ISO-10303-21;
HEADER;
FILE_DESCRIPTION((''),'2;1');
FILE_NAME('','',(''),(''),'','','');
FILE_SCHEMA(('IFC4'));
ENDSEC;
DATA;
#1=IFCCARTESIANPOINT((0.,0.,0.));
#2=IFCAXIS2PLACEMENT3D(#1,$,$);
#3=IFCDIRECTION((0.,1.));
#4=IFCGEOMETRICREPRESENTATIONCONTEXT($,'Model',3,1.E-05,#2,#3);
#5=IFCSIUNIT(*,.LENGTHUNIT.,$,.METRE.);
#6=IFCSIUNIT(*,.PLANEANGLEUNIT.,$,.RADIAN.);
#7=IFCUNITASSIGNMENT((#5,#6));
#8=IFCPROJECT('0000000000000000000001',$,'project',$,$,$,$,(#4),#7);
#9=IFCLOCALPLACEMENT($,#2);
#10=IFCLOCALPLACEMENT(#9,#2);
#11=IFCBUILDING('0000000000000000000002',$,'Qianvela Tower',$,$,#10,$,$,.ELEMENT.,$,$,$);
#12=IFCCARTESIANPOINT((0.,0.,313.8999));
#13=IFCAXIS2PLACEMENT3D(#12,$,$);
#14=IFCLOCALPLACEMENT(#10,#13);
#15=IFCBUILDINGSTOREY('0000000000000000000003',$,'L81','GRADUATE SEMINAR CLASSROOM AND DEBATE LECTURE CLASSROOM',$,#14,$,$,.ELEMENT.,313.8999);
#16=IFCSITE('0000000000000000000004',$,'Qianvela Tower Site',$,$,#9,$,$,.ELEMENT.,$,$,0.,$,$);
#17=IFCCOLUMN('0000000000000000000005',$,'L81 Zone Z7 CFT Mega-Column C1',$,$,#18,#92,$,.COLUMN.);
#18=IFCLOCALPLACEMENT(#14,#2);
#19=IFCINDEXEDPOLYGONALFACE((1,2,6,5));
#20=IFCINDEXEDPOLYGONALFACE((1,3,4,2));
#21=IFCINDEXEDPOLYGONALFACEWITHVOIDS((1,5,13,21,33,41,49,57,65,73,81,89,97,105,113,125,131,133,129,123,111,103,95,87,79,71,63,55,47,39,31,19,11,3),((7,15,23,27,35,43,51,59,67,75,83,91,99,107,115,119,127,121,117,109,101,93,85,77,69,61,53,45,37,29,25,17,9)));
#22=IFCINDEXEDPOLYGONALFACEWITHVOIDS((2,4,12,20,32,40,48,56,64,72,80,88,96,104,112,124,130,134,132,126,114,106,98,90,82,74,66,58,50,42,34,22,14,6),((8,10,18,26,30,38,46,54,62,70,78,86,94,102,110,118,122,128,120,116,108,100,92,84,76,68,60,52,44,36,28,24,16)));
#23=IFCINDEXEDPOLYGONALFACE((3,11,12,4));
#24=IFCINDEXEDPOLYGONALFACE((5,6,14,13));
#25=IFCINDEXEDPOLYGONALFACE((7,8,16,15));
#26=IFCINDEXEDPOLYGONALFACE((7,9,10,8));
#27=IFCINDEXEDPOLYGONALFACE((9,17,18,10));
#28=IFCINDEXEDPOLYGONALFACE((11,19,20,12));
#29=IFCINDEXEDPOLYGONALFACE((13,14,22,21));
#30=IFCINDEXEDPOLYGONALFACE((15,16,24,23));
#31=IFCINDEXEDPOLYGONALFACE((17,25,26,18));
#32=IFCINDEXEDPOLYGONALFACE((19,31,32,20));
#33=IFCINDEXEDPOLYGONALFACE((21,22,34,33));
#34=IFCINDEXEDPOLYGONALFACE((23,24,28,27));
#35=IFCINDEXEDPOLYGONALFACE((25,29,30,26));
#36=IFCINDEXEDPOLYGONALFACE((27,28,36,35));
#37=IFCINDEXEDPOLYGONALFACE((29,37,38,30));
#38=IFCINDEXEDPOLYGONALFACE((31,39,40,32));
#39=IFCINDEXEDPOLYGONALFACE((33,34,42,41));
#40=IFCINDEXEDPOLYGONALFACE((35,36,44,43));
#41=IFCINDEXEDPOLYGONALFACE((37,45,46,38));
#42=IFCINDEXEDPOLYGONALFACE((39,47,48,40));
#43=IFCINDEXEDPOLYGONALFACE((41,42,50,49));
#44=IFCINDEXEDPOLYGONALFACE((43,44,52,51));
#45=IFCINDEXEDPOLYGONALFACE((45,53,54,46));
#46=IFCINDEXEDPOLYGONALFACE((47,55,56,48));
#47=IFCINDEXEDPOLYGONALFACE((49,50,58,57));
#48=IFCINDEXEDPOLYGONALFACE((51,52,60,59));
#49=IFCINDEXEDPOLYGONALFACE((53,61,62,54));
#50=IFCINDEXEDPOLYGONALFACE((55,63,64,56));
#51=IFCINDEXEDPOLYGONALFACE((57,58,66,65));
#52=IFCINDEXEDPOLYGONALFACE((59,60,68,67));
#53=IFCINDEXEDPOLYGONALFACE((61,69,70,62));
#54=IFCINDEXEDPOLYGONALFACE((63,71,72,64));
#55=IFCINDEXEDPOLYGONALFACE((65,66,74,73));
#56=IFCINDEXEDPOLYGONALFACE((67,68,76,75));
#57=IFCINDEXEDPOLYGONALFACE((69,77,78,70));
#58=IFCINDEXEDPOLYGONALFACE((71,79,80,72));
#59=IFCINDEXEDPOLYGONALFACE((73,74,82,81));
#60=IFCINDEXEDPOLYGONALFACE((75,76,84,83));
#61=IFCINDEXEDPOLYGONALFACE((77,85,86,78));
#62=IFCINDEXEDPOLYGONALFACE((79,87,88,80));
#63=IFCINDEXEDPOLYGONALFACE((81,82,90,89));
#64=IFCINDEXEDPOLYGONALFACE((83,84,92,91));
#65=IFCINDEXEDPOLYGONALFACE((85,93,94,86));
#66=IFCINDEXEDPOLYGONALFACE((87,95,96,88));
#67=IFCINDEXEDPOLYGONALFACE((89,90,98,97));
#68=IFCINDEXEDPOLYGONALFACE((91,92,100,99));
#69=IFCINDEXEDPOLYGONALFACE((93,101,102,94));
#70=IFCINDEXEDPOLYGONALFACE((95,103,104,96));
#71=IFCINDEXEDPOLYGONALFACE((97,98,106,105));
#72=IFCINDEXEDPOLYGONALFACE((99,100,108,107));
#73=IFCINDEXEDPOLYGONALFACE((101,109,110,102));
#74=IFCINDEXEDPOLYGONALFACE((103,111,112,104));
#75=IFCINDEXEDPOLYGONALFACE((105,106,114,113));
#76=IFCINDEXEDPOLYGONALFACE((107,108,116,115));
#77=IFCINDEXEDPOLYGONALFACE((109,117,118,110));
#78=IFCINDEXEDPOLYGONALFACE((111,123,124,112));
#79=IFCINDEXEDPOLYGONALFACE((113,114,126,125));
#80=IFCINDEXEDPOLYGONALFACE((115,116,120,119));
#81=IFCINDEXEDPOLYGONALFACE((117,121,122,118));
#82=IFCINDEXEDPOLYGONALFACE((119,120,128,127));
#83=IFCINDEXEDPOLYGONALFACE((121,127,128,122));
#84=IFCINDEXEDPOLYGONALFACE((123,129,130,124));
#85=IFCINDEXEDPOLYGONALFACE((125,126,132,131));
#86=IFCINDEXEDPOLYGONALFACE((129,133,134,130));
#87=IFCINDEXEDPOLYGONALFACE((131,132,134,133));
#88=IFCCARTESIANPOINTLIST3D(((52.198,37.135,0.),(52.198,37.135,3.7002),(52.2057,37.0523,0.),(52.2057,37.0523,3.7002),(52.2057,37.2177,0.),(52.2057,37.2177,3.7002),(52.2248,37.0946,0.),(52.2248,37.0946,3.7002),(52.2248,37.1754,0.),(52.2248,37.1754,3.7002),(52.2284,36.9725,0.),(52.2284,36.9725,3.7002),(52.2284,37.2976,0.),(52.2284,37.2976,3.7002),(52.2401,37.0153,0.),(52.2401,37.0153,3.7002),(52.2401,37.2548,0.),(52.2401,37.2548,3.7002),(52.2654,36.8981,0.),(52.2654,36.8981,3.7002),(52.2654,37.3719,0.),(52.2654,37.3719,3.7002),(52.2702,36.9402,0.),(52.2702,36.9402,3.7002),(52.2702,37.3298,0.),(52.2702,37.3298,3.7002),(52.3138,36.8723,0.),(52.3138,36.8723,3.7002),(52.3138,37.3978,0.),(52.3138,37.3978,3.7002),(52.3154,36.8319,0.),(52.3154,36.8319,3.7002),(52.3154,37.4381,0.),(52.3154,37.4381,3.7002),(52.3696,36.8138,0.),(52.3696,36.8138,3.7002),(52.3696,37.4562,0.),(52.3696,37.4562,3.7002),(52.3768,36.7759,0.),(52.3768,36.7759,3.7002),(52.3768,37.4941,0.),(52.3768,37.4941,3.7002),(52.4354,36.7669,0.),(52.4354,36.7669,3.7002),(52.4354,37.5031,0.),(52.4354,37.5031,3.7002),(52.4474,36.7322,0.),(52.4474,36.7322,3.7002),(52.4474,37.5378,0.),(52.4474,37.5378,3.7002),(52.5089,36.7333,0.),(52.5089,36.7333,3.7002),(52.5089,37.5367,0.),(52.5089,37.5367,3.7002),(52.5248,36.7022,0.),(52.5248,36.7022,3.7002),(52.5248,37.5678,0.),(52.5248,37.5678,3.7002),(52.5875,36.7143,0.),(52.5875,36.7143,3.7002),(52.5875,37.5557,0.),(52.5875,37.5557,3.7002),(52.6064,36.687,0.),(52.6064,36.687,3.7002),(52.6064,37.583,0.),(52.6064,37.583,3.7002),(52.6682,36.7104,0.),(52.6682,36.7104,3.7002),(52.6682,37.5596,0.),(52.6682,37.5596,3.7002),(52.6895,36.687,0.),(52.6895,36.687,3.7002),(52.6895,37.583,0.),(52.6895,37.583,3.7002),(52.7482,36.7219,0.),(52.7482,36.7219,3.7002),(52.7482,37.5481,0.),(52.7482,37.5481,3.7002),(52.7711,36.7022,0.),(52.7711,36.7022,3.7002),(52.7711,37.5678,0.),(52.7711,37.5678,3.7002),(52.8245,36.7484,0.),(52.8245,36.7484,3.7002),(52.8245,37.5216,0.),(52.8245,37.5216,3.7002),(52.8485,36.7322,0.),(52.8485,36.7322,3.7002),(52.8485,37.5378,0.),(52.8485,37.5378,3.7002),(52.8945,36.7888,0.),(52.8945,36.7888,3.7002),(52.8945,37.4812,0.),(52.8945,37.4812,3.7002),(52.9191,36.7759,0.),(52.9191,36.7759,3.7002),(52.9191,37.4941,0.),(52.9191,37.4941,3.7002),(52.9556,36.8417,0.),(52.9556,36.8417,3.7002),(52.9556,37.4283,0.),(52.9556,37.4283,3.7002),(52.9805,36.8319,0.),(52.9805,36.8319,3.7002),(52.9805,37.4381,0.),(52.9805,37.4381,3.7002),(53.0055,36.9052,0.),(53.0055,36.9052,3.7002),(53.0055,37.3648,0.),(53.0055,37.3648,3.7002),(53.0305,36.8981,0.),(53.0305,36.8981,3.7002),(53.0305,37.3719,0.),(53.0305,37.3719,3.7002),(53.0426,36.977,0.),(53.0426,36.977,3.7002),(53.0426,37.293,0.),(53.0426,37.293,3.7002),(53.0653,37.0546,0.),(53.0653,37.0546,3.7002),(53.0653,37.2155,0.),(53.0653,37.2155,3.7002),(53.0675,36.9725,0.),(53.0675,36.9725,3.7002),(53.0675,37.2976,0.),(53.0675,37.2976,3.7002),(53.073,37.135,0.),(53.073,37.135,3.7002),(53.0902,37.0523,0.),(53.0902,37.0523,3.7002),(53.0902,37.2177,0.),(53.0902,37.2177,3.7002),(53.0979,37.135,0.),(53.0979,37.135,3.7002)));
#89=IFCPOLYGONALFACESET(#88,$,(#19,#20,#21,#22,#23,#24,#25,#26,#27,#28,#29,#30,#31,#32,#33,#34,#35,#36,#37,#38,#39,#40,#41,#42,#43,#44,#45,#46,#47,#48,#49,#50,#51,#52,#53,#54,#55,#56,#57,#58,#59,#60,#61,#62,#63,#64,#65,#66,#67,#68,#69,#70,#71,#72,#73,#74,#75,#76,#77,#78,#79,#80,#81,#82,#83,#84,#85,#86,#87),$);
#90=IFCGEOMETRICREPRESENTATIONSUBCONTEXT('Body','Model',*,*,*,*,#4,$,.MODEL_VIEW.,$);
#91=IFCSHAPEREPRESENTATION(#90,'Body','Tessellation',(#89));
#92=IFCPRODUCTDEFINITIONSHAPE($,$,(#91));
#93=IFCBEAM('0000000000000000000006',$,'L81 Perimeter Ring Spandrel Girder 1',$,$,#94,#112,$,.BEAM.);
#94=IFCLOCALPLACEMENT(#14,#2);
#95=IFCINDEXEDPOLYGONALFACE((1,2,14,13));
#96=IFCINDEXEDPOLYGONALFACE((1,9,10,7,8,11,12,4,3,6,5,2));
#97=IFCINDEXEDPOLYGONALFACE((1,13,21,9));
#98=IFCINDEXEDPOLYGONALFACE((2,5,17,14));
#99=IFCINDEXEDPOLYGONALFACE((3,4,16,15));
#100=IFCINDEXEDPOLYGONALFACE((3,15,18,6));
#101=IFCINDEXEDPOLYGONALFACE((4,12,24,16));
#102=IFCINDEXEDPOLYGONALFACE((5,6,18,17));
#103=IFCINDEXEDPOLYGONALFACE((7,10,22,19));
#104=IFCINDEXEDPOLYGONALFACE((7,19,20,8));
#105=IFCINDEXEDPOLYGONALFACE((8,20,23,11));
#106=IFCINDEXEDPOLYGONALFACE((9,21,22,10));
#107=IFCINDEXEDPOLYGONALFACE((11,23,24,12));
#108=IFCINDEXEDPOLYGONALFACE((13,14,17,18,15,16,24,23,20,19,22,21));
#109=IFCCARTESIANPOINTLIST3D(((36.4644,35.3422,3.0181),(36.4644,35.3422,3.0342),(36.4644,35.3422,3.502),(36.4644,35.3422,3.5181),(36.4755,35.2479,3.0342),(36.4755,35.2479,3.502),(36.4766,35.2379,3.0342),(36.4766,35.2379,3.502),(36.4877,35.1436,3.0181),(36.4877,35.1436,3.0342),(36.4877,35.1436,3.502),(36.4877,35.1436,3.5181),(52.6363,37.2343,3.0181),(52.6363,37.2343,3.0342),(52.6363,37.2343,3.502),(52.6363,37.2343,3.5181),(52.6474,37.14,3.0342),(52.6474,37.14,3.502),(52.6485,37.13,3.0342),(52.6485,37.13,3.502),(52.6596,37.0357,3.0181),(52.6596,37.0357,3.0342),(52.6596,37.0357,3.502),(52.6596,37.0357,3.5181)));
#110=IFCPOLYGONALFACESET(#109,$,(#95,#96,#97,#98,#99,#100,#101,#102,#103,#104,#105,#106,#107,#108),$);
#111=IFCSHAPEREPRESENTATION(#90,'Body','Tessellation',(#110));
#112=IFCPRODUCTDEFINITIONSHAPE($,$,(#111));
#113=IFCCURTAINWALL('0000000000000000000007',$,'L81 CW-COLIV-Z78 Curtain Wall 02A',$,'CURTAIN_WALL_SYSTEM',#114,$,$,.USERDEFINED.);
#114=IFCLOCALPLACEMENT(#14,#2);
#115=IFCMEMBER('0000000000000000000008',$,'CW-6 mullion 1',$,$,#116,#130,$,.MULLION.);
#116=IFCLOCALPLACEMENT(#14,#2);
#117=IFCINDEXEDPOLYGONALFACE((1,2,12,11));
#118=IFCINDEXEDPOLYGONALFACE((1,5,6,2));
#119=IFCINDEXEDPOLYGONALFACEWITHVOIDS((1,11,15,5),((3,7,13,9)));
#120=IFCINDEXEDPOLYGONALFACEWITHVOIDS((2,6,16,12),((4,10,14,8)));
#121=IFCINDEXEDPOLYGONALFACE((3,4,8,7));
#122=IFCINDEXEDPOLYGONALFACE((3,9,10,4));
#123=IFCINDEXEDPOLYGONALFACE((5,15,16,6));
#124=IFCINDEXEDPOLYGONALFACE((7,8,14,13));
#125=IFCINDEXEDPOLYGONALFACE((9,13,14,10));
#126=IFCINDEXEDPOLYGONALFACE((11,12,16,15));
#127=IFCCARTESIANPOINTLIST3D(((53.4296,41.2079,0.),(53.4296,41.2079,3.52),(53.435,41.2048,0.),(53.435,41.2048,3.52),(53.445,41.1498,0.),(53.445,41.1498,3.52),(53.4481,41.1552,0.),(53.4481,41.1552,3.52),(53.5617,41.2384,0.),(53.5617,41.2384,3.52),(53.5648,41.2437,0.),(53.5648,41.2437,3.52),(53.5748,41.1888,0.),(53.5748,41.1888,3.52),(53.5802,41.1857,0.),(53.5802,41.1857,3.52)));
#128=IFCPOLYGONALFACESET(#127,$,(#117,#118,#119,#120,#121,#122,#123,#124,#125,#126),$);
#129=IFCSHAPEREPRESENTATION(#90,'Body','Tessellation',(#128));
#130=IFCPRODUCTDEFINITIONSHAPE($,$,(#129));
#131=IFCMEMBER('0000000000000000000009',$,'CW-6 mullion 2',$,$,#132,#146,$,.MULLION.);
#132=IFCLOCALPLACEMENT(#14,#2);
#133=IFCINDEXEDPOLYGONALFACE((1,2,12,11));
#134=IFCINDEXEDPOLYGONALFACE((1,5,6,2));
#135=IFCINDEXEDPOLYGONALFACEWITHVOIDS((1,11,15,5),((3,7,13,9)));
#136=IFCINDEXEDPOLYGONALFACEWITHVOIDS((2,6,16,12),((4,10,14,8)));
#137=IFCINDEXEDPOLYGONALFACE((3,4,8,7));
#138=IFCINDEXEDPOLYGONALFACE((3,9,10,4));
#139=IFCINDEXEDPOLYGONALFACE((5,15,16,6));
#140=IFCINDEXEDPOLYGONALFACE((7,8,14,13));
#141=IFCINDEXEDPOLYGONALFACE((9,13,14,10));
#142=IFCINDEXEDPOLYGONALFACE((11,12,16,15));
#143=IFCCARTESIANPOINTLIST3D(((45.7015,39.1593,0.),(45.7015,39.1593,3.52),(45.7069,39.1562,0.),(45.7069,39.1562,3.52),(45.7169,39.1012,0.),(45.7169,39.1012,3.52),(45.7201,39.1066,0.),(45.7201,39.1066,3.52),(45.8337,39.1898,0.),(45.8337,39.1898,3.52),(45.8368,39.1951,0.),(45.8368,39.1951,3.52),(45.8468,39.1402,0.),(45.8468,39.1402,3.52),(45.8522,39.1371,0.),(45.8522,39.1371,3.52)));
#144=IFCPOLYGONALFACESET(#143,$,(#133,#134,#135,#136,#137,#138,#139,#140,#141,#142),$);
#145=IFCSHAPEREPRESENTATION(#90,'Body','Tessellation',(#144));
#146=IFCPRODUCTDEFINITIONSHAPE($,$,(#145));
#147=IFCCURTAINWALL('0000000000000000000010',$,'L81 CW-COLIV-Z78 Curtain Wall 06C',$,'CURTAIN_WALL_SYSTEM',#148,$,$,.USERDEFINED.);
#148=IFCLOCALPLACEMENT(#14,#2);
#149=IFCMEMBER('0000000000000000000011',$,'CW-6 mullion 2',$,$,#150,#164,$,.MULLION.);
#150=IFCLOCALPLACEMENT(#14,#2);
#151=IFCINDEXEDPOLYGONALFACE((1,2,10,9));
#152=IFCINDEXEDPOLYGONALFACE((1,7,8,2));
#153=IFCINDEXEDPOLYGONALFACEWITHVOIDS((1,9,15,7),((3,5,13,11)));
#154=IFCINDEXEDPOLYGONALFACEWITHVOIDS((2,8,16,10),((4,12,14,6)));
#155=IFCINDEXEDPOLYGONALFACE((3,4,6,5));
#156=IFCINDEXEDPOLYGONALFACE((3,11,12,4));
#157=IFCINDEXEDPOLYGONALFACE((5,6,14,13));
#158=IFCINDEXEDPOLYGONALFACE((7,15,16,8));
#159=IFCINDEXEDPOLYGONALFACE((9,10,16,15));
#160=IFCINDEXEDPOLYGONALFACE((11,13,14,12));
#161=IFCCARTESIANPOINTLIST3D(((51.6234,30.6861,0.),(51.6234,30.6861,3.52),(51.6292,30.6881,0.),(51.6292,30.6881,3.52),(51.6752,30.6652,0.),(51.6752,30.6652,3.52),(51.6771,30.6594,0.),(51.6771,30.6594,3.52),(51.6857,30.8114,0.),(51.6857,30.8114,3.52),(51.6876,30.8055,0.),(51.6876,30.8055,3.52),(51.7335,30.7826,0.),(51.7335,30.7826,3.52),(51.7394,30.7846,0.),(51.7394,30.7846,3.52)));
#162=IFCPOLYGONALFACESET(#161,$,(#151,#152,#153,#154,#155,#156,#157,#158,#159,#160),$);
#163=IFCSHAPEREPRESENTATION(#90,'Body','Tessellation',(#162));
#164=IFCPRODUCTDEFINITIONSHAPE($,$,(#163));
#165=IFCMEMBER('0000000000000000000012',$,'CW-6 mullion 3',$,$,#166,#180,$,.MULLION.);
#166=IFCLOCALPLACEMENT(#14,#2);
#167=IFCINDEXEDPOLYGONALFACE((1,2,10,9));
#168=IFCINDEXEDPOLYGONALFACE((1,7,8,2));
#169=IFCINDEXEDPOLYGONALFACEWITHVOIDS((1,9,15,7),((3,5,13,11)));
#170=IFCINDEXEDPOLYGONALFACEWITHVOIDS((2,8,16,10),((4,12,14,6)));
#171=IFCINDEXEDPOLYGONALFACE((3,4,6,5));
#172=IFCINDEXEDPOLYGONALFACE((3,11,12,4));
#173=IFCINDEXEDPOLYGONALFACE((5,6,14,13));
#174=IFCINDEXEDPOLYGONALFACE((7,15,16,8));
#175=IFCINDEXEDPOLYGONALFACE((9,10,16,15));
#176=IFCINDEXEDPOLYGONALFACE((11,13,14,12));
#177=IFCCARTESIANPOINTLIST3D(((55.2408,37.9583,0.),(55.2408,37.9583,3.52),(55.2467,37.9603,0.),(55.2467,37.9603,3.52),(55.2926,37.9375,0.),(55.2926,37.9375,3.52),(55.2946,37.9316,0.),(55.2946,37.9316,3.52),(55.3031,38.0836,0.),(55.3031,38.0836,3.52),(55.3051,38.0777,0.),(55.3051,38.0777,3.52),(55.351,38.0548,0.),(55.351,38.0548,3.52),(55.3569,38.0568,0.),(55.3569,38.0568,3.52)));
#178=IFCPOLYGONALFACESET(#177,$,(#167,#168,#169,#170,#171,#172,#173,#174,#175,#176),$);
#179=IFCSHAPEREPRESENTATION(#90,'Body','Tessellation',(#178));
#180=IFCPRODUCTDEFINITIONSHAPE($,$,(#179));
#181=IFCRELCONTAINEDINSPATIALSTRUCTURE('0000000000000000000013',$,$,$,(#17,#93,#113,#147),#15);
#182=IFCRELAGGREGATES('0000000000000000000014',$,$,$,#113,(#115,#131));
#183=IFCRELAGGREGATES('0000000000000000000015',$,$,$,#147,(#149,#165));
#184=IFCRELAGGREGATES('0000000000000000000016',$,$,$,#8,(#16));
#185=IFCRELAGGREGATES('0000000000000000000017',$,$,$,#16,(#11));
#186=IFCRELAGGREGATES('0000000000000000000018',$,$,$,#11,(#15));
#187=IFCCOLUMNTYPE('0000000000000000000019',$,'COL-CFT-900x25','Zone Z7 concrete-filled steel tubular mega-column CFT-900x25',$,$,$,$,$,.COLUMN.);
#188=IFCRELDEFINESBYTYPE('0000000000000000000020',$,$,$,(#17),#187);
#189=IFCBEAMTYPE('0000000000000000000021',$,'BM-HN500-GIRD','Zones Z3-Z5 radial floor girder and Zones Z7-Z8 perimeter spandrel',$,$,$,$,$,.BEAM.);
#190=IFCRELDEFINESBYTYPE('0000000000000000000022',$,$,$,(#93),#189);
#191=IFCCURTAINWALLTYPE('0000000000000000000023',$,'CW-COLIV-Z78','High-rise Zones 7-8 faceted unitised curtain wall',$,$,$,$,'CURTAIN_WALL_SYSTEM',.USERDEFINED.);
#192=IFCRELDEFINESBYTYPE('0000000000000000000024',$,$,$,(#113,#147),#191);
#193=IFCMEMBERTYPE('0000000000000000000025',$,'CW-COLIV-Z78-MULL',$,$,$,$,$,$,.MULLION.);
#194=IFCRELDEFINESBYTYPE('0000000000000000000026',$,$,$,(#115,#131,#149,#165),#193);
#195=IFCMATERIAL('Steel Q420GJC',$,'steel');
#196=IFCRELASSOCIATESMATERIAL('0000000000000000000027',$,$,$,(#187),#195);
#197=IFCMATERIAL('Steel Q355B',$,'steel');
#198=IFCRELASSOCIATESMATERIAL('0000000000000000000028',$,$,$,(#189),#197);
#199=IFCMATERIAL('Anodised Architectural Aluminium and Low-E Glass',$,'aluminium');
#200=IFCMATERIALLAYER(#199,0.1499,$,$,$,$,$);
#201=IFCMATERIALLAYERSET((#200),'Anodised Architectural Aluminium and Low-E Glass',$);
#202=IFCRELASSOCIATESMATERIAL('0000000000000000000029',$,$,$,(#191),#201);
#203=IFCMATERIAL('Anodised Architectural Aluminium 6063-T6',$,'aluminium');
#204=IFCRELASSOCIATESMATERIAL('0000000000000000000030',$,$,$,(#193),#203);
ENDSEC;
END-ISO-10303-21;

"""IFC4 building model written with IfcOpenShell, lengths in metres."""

from ifc_helpers import new_model, si_unit, direction, frame, origin, origin_2d, place, context, subcontext, project, spatial, hollow_rectangle, hollow_circle, i_section, extrude, material, layer, layer_set, material_profile, profile_set, type_object, element, aggregate, save


model = new_model("IFC4")

# Units and contexts
model_context = context("Model", 3, precision=1e-05, world=origin(), true_north=direction((0.0, 1.0)))
body_context = subcontext(model_context, "Body", "Model", "MODEL_VIEW")
ifc_project = project(units=[si_unit("LENGTHUNIT", "METRE"), si_unit("PLANEANGLEUNIT", "RADIAN")], contexts=[model_context])

# Site, building, storey
site_placement = place(None, origin())
site = spatial("IfcSite", under=ifc_project, at=site_placement, Name="Qianvela Tower Site", CompositionType="ELEMENT", RefElevation=0.0)
building_placement = place(site_placement, origin())
building = spatial("IfcBuilding", under=site, at=building_placement, Name="Qianvela Tower", CompositionType="ELEMENT")
storey_placement = place(building_placement, frame((0.0, 0.0, 313.8999)))
storey = spatial("IfcBuildingStorey", under=building, at=storey_placement, Name="L81", Description="GRADUATE SEMINAR CLASSROOM AND DEBATE LECTURE CLASSROOM", CompositionType="ELEMENT", Elevation=313.8999)

# Column
ifc_material_1 = material(Name="Steel Q420GJC", Category="steel")
ifc_material_profile_1 = material_profile(ifc_material_1, hollow_circle(Radius=0.45, WallThickness=0.0249, at=origin_2d()), Name="CFT-900x25")
ifc_profile_set_1 = profile_set([ifc_material_profile_1], Name="Steel Q420GJC")
column_type = type_object("IfcColumnType", Name="COL-CFT-900x25", Description="Zone Z7 concrete-filled steel tubular mega-column CFT-900x25", PredefinedType="COLUMN", material=ifc_profile_set_1)
column_placement = place(storey_placement, frame((52.6479, 37.135, 0.0), z_axis=(0.0, 0.0, 1.0), x_axis=(1.0, 0.0, 0.0)))
element("IfcColumn", 1, at=column_placement, inside=storey, type_object=column_type, Name="L81 Zone Z7 CFT Mega-Column C1", PredefinedType="COLUMN", context=body_context, shape_type="SweptSolid", body=[
    extrude(hollow_circle(Radius=0.45, WallThickness=0.0249, at=origin_2d()), origin(), (0.0, 0.0, 1.0), 3.7002),
])

# Beam
ifc_material_2 = material(Name="Steel Q355B", Category="steel")
ifc_material_profile_2 = material_profile(ifc_material_2, i_section(OverallWidth=0.2, OverallDepth=0.5, WebThickness=0.01, FlangeThickness=0.0161, at=origin_2d()), Name="HN500x200x10x16")
ifc_profile_set_2 = profile_set([ifc_material_profile_2], Name="Steel Q355B")
beam_type = type_object("IfcBeamType", Name="BM-HN500-GIRD", Description="Zones Z3-Z5 radial floor girder and Zones Z7-Z8 perimeter spandrel", PredefinedType="BEAM", material=ifc_profile_set_2)
beam_placement = place(storey_placement, frame((52.6479, 37.135, 3.2681), z_axis=(-0.993225, -0.116206, 0.0), x_axis=(0.116206, -0.993225, 0.0)))
element("IfcBeam", 2, at=beam_placement, inside=storey, type_object=beam_type, Name="L81 Perimeter Ring Spandrel Girder 1", PredefinedType="BEAM", context=body_context, shape_type="SweptSolid", body=[
    extrude(i_section(OverallWidth=0.2, OverallDepth=0.5, WebThickness=0.01, FlangeThickness=0.0161, at=origin_2d()), origin(), (0.0, 0.0, 1.0), 16.2822),
])

# Curtain walls, members
ifc_material_3 = material(Name="Anodised Architectural Aluminium and Low-E Glass", Category="aluminium")
ifc_layer_1 = layer(ifc_material_3, 0.1499)
ifc_layer_set_1 = layer_set([ifc_layer_1], Name="Anodised Architectural Aluminium and Low-E Glass")
curtain_wall_type = type_object("IfcCurtainWallType", Name="CW-COLIV-Z78", Description="High-rise Zones 7-8 faceted unitised curtain wall", ElementType="CURTAIN_WALL_SYSTEM", PredefinedType="USERDEFINED", material=ifc_layer_set_1)
curtain_wall_1_placement = place(storey_placement, origin())
curtain_wall_1 = element("IfcCurtainWall", 3, at=curtain_wall_1_placement, inside=storey, type_object=curtain_wall_type, Name="L81 CW-COLIV-Z78 Curtain Wall 02A", ObjectType="CURTAIN_WALL_SYSTEM", PredefinedType="USERDEFINED")
ifc_material_4 = material(Name="Anodised Architectural Aluminium 6063-T6", Category="aluminium")
ifc_material_profile_3 = material_profile(ifc_material_4, hollow_rectangle(XDim=0.0601, YDim=0.1399, WallThickness=0.0044, at=origin_2d()), Name="ALU-MULL-60x140")
ifc_profile_set_3 = profile_set([ifc_material_profile_3], Name="Anodised Architectural Aluminium 6063-T6")
member_type_1 = type_object("IfcMemberType", Name="CW-COLIV-Z78-MULL", PredefinedType="MULLION", material=ifc_profile_set_3)
member_1_placement = place(storey_placement, frame((53.5049, 41.1968, 0.0), z_axis=(0.0, 0.0, 1.0), x_axis=(0.256236, -0.966614, 0.0)))
member_1 = element("IfcMember", 4, at=member_1_placement, type_object=member_type_1, Name="CW-6 mullion 1", PredefinedType="MULLION", context=body_context, shape_type="SweptSolid", body=[
    extrude(hollow_rectangle(XDim=0.0601, YDim=0.1399, WallThickness=0.0044, at=origin_2d()), origin(), (0.0, 0.0, 1.0), 3.52),
])
member_2_placement = place(storey_placement, frame((45.7769, 39.1482, 0.0), z_axis=(0.0, 0.0, 1.0), x_axis=(0.256236, -0.966614, 0.0)))
member_2 = element("IfcMember", 5, at=member_2_placement, type_object=member_type_1, Name="CW-6 mullion 2", PredefinedType="MULLION", context=body_context, shape_type="SweptSolid", body=[
    extrude(hollow_rectangle(XDim=0.0601, YDim=0.1399, WallThickness=0.0044, at=origin_2d()), origin(), (0.0, 0.0, 1.0), 3.52),
])
curtain_wall_2_placement = place(storey_placement, origin())
curtain_wall_2 = element("IfcCurtainWall", 6, at=curtain_wall_2_placement, inside=storey, type_object=curtain_wall_type, Name="L81 CW-COLIV-Z78 Curtain Wall 06C", ObjectType="CURTAIN_WALL_SYSTEM", PredefinedType="USERDEFINED")
member_3_placement = place(storey_placement, frame((51.6814, 30.7354, 0.0), z_axis=(0.0, 0.0, 1.0), x_axis=(-0.895348, 0.445368, 0.0)))
member_3 = element("IfcMember", 7, at=member_3_placement, type_object=member_type_1, Name="CW-6 mullion 2", PredefinedType="MULLION", context=body_context, shape_type="SweptSolid", body=[
    extrude(hollow_rectangle(XDim=0.0601, YDim=0.1399, WallThickness=0.0044, at=origin_2d()), origin(), (0.0, 0.0, 1.0), 3.52),
])
member_4_placement = place(storey_placement, frame((55.2988, 38.0076, 0.0), z_axis=(0.0, 0.0, 1.0), x_axis=(-0.895348, 0.445368, 0.0)))
member_4 = element("IfcMember", 8, at=member_4_placement, type_object=member_type_1, Name="CW-6 mullion 3", PredefinedType="MULLION", context=body_context, shape_type="SweptSolid", body=[
    extrude(hollow_rectangle(XDim=0.0601, YDim=0.1399, WallThickness=0.0044, at=origin_2d()), origin(), (0.0, 0.0, 1.0), 3.52),
])

aggregate(curtain_wall_1, [member_1, member_2])
aggregate(curtain_wall_2, [member_3, member_4])

save(model, "model.ifc")
